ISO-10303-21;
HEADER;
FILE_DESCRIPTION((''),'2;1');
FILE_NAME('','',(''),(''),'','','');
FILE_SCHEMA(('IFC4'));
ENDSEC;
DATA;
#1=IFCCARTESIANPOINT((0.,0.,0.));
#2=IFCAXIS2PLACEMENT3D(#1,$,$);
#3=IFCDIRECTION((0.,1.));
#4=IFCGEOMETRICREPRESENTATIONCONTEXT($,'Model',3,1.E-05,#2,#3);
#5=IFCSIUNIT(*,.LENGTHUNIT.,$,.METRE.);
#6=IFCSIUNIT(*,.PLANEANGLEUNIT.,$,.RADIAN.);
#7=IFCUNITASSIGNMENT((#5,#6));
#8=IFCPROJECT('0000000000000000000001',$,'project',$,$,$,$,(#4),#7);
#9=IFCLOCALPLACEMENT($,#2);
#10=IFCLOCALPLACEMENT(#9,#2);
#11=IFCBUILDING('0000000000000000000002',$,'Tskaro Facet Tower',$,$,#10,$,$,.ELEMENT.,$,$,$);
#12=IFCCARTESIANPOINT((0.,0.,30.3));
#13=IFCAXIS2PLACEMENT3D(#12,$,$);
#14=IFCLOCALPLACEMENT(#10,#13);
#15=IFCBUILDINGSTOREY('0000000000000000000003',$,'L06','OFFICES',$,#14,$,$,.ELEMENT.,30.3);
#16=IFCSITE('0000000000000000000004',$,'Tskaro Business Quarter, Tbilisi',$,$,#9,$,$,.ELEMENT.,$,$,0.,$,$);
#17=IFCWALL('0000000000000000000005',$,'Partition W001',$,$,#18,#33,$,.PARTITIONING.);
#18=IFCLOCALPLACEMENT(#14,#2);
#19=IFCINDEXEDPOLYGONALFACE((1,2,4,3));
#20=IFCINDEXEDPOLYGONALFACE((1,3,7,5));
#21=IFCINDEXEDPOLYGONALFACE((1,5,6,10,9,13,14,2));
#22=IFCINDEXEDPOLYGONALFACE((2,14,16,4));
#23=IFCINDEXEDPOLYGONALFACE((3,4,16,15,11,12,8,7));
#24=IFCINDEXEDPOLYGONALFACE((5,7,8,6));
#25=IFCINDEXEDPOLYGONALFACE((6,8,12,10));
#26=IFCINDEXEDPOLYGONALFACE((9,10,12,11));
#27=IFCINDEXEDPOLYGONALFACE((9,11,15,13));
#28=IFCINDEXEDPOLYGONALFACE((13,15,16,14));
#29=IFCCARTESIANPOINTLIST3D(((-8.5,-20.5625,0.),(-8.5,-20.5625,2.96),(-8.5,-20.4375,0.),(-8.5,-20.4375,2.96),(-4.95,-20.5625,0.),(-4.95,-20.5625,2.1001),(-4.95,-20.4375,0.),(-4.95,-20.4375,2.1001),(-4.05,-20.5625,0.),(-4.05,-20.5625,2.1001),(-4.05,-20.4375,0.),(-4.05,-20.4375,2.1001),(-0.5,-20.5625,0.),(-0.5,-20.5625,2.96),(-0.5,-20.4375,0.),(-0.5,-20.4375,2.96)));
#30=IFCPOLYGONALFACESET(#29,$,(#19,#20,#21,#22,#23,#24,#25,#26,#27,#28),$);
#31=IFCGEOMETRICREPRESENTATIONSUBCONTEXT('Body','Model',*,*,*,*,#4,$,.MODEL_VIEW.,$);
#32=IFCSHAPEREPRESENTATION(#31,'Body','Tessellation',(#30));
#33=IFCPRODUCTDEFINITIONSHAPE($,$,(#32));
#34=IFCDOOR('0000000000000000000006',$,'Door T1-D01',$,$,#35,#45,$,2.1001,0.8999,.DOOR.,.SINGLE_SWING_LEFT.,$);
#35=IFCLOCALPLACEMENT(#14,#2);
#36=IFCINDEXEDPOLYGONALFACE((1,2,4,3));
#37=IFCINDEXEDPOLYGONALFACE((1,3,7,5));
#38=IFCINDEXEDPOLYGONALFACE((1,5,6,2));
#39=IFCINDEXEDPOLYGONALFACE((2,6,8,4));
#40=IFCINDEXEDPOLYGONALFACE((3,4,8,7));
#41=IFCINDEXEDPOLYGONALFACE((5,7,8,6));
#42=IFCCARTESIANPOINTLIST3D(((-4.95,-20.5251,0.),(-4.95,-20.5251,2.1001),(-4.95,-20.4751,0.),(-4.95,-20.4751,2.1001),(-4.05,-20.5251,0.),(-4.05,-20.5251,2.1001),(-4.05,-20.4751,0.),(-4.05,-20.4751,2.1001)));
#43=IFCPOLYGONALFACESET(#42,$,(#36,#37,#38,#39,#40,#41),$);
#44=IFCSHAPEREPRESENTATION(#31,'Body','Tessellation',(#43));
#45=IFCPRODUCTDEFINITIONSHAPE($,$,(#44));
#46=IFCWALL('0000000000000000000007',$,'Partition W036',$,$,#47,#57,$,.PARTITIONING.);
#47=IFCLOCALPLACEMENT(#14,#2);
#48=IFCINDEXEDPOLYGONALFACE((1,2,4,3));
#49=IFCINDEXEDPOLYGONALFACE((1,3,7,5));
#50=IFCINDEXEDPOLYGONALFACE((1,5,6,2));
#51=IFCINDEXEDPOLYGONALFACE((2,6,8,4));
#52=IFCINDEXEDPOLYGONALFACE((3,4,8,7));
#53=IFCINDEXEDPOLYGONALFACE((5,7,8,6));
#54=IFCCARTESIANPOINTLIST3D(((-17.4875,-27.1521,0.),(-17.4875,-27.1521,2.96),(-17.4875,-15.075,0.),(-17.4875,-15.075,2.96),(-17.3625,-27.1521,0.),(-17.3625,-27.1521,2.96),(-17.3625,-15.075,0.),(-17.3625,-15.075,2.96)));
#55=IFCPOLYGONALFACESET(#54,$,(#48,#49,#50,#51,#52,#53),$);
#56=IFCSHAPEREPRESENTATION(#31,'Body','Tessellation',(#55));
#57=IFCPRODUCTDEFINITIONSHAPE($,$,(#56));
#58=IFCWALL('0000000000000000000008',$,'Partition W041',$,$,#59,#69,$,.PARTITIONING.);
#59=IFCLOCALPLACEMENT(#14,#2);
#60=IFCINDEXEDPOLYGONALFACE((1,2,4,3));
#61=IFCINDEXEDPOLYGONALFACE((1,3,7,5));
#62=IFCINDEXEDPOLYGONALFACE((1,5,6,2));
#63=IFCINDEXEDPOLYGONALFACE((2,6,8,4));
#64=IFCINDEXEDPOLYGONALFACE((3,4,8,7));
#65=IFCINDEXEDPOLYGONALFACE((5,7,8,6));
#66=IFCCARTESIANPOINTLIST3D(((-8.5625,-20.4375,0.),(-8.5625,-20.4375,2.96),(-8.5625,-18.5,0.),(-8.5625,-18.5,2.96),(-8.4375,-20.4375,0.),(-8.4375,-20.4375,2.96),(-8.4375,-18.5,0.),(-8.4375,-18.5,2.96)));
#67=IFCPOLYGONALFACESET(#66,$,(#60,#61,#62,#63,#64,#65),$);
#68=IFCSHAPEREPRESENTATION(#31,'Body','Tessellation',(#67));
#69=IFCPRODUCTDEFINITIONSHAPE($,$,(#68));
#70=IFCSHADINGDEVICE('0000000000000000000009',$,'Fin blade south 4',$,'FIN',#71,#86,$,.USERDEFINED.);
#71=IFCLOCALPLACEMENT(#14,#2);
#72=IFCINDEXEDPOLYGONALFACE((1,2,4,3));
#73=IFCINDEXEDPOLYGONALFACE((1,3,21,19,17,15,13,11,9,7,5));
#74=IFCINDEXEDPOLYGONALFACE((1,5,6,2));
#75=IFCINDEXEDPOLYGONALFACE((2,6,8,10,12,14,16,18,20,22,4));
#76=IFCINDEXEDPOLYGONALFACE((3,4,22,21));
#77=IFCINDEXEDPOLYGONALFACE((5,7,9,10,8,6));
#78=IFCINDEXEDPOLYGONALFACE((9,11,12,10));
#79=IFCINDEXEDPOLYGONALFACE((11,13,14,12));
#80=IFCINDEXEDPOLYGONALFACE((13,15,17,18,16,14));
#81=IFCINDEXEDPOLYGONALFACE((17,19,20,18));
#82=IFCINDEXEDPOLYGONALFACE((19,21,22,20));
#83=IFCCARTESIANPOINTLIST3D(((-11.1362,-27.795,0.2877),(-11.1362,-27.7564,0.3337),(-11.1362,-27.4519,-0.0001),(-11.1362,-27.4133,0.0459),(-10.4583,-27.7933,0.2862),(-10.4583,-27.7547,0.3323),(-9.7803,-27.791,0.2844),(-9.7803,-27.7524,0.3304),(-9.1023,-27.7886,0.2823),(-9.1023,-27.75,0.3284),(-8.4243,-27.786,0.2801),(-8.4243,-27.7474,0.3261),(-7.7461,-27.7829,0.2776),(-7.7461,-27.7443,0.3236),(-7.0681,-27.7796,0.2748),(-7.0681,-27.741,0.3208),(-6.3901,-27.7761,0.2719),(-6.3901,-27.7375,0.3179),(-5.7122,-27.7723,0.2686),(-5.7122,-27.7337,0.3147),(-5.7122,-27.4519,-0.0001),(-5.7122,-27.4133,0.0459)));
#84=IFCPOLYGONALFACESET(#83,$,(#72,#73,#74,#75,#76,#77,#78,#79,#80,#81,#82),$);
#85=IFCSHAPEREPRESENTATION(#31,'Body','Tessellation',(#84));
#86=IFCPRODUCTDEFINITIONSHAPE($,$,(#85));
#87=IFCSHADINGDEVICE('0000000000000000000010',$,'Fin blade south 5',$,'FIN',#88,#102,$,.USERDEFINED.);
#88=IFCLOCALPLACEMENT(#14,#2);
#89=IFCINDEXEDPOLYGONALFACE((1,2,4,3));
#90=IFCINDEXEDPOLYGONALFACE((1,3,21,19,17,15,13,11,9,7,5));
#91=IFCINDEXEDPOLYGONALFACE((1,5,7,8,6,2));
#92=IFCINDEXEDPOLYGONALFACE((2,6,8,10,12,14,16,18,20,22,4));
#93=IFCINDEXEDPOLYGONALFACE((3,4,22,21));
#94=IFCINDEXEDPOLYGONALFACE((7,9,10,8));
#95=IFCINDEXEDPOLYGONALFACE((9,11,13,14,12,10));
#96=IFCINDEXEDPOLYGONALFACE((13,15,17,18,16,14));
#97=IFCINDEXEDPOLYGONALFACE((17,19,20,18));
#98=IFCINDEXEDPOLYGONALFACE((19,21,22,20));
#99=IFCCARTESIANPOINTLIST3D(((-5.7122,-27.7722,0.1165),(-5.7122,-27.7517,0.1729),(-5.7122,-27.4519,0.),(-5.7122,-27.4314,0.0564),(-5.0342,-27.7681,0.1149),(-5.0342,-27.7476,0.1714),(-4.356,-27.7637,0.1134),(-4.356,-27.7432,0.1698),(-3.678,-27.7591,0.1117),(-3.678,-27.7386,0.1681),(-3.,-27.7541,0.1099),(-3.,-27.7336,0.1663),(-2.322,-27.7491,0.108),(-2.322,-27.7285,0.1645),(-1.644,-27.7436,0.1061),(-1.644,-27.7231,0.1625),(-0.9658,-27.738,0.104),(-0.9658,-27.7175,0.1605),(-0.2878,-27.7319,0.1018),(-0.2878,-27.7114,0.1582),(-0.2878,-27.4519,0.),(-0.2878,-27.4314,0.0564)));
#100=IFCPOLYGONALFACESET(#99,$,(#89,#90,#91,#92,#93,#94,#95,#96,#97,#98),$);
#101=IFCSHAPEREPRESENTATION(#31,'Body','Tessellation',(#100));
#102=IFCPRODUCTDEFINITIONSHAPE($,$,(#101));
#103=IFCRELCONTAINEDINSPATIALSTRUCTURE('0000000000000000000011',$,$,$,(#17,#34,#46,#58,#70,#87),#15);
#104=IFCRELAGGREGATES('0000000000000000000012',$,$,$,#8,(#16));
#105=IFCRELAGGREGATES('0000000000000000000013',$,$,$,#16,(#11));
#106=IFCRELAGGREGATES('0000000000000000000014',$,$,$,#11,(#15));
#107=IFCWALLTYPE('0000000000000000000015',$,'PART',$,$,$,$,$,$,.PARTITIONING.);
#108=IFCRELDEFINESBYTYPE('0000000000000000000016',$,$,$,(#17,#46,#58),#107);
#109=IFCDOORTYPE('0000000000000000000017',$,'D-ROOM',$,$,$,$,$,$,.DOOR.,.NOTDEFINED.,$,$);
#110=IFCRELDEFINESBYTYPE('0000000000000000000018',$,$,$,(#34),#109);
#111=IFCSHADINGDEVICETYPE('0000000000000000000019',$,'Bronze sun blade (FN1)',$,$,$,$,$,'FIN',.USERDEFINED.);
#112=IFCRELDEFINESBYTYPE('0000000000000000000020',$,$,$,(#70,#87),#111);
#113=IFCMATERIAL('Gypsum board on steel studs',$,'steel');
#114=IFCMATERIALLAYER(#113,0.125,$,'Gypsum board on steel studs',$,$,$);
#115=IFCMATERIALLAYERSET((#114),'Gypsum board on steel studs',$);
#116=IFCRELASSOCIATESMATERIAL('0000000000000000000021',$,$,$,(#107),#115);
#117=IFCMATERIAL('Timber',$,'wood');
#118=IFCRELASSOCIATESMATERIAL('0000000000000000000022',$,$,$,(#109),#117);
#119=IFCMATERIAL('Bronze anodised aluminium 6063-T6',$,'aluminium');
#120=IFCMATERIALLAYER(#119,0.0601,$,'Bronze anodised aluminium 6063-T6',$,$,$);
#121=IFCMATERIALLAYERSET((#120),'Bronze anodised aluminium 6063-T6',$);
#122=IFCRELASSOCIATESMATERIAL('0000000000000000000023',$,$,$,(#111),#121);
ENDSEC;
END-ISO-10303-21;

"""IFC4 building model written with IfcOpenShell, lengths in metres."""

from ifc_helpers import new_model, si_unit, direction, frame, frame_2d, origin, place, context, subcontext, project, spatial, polyline, rectangle, outline, extrude, material, layer, layer_set, type_object, element, fill, save


model = new_model("IFC4")

# Units and contexts
model_context = context("Model", 3, precision=1e-05, world=origin(), true_north=direction((0.0, 1.0)))
body_context = subcontext(model_context, "Body", "Model", "MODEL_VIEW")
ifc_project = project(units=[si_unit("LENGTHUNIT", "METRE"), si_unit("PLANEANGLEUNIT", "RADIAN")], contexts=[model_context])

# Site, building, storey
site_placement = place(None, origin())
site = spatial("IfcSite", under=ifc_project, at=site_placement, Name="Tskaro Business Quarter, Tbilisi", CompositionType="ELEMENT", RefElevation=0.0)
building_placement = place(site_placement, origin())
building = spatial("IfcBuilding", under=site, at=building_placement, Name="Tskaro Facet Tower", CompositionType="ELEMENT")
storey_placement = place(building_placement, frame((0.0, 0.0, 30.3)))
storey = spatial("IfcBuildingStorey", under=building, at=storey_placement, Name="L06", Description="OFFICES", CompositionType="ELEMENT", Elevation=30.3)

# Shared definitions
ifc_material_1 = material(Name="Bronze anodised aluminium 6063-T6", Category="aluminium")

# Wall, opening, door
ifc_material_2 = material(Name="Gypsum board on steel studs", Category="steel")
ifc_layer_1 = layer(ifc_material_2, 0.125, Name="Gypsum board on steel studs")
ifc_layer_set_1 = layer_set([ifc_layer_1], Name="Gypsum board on steel studs")
wall_type = type_object("IfcWallType", Name="PART", PredefinedType="PARTITIONING", material=ifc_layer_set_1)
wall_1_placement = place(storey_placement, frame((-8.5, -20.5, 0.0), z_axis=(0.0, 0.0, 1.0), x_axis=(1.0, 0.0, 0.0)))
wall_1 = element("IfcWall", 1, at=wall_1_placement, inside=storey, type_object=wall_type, Name="Partition W001", PredefinedType="PARTITIONING", context=body_context, shape_type="SweptSolid", body=[
    extrude(rectangle(XDim=8.0, YDim=0.125, at=frame_2d((4.0, 0.0))), origin(), (0.0, 0.0, 1.0), 2.96),
])
opening_placement = place(wall_1_placement, frame((3.55, 0.0, 0.0)))
opening = element("IfcOpeningElement", 2, at=opening_placement, cuts=wall_1, PredefinedType="OPENING", context=body_context, shape_type="SweptSolid", body=[
    extrude(rectangle(XDim=0.8999, YDim=2.1001, at=frame_2d((0.45, 1.05))), frame((0.0, 0.0725, 0.0), z_axis=(0.0, -1.0, 0.0), x_axis=(1.0, 0.0, 0.0)), (0.0, 0.0, 1.0), 0.145),
])
ifc_material_3 = material(Name="Timber", Category="wood")
door_type = type_object("IfcDoorType", Name="D-ROOM", OperationType="NOTDEFINED", PredefinedType="DOOR", material=ifc_material_3)
door_placement = place(opening_placement, origin())
door = element("IfcDoor", 3, at=door_placement, inside=storey, type_object=door_type, Name="Door T1-D01", OperationType="SINGLE_SWING_LEFT", OverallHeight=2.1001, OverallWidth=0.8999, PredefinedType="DOOR", context=body_context, shape_type="SweptSolid", body=[
    extrude(rectangle(XDim=0.8999, YDim=2.1001, at=frame_2d((0.45, 1.05))), frame((0.0, 0.0249, 0.0), z_axis=(0.0, -1.0, 0.0), x_axis=(1.0, 0.0, 0.0)), (0.0, 0.0, 1.0), 0.05),
])
fill(opening, door)

# Walls
wall_2_placement = place(storey_placement, frame((-17.425, -27.1521, 0.0), z_axis=(0.0, 0.0, 1.0), x_axis=(0.0, 1.0, 0.0)))
element("IfcWall", 4, at=wall_2_placement, inside=storey, type_object=wall_type, Name="Partition W036", PredefinedType="PARTITIONING", context=body_context, shape_type="SweptSolid", body=[
    extrude(rectangle(XDim=12.0771, YDim=0.125, at=frame_2d((6.0386, 0.0))), origin(), (0.0, 0.0, 1.0), 2.96),
])
wall_3_placement = place(storey_placement, frame((-8.5, -20.4375, 0.0), z_axis=(0.0, 0.0, 1.0), x_axis=(0.0, 1.0, 0.0)))
element("IfcWall", 5, at=wall_3_placement, inside=storey, type_object=wall_type, Name="Partition W041", PredefinedType="PARTITIONING", context=body_context, shape_type="SweptSolid", body=[
    extrude(rectangle(XDim=1.9375, YDim=0.125, at=frame_2d((0.9688, 0.0))), origin(), (0.0, 0.0, 1.0), 2.96),
])

# Shading devices
ifc_layer_2 = layer(ifc_material_1, 0.0601, Name="Bronze anodised aluminium 6063-T6")
ifc_layer_set_2 = layer_set([ifc_layer_2], Name="Bronze anodised aluminium 6063-T6")
shading_device_type = type_object("IfcShadingDeviceType", Name="Bronze sun blade (FN1)", ElementType="FIN", PredefinedType="USERDEFINED", material=ifc_layer_set_2)
shading_device_1_placement = place(storey_placement, frame((-11.1362, -27.4133, 0.0459), z_axis=(0.0, 0.642717, 0.766103), x_axis=(1.0, 0.0, 0.0)))
element("IfcShadingDevice", 6, at=shading_device_1_placement, inside=storey, type_object=shading_device_type, Name="Fin blade south 4", ObjectType="FIN", PredefinedType="USERDEFINED", context=body_context, shape_type="SweptSolid", body=[
    extrude(outline(polyline([(0.0, 0.0), (5.4241, 0.0), (5.4241, -0.4182), (4.7461, -0.4232), (4.0681, -0.4277), (3.3901, -0.432), (2.7119, -0.436), (2.0339, -0.4395), (1.356, -0.4426), (0.678, -0.4455), (0.0, -0.4478), (0.0, 0.0)])), origin(), (0.0, 0.0, -1.0), 0.0601),
])
shading_device_2_placement = place(storey_placement, frame((-5.7122, -27.4314, 0.0564), z_axis=(-0.000001, 0.341804, 0.939771), x_axis=(1.0, 0.0, 0.000001)))
element("IfcShadingDevice", 7, at=shading_device_2_placement, inside=storey, type_object=shading_device_type, Name="Fin blade south 5", ObjectType="FIN", PredefinedType="USERDEFINED", context=body_context, shape_type="SweptSolid", body=[
    extrude(outline(polyline([(0.0, 0.0), (5.4243, 0.0), (5.4243, -0.298), (4.7463, -0.3044), (4.0681, -0.3104), (3.3901, -0.3162), (2.7122, -0.3216), (2.0342, -0.3269), (1.3562, -0.3318), (0.678, -0.3364), (0.0, -0.3408), (0.0, 0.0)])), origin(), (0.0, 0.0, -1.0), 0.0601),
])

save(model, "model.ifc")
